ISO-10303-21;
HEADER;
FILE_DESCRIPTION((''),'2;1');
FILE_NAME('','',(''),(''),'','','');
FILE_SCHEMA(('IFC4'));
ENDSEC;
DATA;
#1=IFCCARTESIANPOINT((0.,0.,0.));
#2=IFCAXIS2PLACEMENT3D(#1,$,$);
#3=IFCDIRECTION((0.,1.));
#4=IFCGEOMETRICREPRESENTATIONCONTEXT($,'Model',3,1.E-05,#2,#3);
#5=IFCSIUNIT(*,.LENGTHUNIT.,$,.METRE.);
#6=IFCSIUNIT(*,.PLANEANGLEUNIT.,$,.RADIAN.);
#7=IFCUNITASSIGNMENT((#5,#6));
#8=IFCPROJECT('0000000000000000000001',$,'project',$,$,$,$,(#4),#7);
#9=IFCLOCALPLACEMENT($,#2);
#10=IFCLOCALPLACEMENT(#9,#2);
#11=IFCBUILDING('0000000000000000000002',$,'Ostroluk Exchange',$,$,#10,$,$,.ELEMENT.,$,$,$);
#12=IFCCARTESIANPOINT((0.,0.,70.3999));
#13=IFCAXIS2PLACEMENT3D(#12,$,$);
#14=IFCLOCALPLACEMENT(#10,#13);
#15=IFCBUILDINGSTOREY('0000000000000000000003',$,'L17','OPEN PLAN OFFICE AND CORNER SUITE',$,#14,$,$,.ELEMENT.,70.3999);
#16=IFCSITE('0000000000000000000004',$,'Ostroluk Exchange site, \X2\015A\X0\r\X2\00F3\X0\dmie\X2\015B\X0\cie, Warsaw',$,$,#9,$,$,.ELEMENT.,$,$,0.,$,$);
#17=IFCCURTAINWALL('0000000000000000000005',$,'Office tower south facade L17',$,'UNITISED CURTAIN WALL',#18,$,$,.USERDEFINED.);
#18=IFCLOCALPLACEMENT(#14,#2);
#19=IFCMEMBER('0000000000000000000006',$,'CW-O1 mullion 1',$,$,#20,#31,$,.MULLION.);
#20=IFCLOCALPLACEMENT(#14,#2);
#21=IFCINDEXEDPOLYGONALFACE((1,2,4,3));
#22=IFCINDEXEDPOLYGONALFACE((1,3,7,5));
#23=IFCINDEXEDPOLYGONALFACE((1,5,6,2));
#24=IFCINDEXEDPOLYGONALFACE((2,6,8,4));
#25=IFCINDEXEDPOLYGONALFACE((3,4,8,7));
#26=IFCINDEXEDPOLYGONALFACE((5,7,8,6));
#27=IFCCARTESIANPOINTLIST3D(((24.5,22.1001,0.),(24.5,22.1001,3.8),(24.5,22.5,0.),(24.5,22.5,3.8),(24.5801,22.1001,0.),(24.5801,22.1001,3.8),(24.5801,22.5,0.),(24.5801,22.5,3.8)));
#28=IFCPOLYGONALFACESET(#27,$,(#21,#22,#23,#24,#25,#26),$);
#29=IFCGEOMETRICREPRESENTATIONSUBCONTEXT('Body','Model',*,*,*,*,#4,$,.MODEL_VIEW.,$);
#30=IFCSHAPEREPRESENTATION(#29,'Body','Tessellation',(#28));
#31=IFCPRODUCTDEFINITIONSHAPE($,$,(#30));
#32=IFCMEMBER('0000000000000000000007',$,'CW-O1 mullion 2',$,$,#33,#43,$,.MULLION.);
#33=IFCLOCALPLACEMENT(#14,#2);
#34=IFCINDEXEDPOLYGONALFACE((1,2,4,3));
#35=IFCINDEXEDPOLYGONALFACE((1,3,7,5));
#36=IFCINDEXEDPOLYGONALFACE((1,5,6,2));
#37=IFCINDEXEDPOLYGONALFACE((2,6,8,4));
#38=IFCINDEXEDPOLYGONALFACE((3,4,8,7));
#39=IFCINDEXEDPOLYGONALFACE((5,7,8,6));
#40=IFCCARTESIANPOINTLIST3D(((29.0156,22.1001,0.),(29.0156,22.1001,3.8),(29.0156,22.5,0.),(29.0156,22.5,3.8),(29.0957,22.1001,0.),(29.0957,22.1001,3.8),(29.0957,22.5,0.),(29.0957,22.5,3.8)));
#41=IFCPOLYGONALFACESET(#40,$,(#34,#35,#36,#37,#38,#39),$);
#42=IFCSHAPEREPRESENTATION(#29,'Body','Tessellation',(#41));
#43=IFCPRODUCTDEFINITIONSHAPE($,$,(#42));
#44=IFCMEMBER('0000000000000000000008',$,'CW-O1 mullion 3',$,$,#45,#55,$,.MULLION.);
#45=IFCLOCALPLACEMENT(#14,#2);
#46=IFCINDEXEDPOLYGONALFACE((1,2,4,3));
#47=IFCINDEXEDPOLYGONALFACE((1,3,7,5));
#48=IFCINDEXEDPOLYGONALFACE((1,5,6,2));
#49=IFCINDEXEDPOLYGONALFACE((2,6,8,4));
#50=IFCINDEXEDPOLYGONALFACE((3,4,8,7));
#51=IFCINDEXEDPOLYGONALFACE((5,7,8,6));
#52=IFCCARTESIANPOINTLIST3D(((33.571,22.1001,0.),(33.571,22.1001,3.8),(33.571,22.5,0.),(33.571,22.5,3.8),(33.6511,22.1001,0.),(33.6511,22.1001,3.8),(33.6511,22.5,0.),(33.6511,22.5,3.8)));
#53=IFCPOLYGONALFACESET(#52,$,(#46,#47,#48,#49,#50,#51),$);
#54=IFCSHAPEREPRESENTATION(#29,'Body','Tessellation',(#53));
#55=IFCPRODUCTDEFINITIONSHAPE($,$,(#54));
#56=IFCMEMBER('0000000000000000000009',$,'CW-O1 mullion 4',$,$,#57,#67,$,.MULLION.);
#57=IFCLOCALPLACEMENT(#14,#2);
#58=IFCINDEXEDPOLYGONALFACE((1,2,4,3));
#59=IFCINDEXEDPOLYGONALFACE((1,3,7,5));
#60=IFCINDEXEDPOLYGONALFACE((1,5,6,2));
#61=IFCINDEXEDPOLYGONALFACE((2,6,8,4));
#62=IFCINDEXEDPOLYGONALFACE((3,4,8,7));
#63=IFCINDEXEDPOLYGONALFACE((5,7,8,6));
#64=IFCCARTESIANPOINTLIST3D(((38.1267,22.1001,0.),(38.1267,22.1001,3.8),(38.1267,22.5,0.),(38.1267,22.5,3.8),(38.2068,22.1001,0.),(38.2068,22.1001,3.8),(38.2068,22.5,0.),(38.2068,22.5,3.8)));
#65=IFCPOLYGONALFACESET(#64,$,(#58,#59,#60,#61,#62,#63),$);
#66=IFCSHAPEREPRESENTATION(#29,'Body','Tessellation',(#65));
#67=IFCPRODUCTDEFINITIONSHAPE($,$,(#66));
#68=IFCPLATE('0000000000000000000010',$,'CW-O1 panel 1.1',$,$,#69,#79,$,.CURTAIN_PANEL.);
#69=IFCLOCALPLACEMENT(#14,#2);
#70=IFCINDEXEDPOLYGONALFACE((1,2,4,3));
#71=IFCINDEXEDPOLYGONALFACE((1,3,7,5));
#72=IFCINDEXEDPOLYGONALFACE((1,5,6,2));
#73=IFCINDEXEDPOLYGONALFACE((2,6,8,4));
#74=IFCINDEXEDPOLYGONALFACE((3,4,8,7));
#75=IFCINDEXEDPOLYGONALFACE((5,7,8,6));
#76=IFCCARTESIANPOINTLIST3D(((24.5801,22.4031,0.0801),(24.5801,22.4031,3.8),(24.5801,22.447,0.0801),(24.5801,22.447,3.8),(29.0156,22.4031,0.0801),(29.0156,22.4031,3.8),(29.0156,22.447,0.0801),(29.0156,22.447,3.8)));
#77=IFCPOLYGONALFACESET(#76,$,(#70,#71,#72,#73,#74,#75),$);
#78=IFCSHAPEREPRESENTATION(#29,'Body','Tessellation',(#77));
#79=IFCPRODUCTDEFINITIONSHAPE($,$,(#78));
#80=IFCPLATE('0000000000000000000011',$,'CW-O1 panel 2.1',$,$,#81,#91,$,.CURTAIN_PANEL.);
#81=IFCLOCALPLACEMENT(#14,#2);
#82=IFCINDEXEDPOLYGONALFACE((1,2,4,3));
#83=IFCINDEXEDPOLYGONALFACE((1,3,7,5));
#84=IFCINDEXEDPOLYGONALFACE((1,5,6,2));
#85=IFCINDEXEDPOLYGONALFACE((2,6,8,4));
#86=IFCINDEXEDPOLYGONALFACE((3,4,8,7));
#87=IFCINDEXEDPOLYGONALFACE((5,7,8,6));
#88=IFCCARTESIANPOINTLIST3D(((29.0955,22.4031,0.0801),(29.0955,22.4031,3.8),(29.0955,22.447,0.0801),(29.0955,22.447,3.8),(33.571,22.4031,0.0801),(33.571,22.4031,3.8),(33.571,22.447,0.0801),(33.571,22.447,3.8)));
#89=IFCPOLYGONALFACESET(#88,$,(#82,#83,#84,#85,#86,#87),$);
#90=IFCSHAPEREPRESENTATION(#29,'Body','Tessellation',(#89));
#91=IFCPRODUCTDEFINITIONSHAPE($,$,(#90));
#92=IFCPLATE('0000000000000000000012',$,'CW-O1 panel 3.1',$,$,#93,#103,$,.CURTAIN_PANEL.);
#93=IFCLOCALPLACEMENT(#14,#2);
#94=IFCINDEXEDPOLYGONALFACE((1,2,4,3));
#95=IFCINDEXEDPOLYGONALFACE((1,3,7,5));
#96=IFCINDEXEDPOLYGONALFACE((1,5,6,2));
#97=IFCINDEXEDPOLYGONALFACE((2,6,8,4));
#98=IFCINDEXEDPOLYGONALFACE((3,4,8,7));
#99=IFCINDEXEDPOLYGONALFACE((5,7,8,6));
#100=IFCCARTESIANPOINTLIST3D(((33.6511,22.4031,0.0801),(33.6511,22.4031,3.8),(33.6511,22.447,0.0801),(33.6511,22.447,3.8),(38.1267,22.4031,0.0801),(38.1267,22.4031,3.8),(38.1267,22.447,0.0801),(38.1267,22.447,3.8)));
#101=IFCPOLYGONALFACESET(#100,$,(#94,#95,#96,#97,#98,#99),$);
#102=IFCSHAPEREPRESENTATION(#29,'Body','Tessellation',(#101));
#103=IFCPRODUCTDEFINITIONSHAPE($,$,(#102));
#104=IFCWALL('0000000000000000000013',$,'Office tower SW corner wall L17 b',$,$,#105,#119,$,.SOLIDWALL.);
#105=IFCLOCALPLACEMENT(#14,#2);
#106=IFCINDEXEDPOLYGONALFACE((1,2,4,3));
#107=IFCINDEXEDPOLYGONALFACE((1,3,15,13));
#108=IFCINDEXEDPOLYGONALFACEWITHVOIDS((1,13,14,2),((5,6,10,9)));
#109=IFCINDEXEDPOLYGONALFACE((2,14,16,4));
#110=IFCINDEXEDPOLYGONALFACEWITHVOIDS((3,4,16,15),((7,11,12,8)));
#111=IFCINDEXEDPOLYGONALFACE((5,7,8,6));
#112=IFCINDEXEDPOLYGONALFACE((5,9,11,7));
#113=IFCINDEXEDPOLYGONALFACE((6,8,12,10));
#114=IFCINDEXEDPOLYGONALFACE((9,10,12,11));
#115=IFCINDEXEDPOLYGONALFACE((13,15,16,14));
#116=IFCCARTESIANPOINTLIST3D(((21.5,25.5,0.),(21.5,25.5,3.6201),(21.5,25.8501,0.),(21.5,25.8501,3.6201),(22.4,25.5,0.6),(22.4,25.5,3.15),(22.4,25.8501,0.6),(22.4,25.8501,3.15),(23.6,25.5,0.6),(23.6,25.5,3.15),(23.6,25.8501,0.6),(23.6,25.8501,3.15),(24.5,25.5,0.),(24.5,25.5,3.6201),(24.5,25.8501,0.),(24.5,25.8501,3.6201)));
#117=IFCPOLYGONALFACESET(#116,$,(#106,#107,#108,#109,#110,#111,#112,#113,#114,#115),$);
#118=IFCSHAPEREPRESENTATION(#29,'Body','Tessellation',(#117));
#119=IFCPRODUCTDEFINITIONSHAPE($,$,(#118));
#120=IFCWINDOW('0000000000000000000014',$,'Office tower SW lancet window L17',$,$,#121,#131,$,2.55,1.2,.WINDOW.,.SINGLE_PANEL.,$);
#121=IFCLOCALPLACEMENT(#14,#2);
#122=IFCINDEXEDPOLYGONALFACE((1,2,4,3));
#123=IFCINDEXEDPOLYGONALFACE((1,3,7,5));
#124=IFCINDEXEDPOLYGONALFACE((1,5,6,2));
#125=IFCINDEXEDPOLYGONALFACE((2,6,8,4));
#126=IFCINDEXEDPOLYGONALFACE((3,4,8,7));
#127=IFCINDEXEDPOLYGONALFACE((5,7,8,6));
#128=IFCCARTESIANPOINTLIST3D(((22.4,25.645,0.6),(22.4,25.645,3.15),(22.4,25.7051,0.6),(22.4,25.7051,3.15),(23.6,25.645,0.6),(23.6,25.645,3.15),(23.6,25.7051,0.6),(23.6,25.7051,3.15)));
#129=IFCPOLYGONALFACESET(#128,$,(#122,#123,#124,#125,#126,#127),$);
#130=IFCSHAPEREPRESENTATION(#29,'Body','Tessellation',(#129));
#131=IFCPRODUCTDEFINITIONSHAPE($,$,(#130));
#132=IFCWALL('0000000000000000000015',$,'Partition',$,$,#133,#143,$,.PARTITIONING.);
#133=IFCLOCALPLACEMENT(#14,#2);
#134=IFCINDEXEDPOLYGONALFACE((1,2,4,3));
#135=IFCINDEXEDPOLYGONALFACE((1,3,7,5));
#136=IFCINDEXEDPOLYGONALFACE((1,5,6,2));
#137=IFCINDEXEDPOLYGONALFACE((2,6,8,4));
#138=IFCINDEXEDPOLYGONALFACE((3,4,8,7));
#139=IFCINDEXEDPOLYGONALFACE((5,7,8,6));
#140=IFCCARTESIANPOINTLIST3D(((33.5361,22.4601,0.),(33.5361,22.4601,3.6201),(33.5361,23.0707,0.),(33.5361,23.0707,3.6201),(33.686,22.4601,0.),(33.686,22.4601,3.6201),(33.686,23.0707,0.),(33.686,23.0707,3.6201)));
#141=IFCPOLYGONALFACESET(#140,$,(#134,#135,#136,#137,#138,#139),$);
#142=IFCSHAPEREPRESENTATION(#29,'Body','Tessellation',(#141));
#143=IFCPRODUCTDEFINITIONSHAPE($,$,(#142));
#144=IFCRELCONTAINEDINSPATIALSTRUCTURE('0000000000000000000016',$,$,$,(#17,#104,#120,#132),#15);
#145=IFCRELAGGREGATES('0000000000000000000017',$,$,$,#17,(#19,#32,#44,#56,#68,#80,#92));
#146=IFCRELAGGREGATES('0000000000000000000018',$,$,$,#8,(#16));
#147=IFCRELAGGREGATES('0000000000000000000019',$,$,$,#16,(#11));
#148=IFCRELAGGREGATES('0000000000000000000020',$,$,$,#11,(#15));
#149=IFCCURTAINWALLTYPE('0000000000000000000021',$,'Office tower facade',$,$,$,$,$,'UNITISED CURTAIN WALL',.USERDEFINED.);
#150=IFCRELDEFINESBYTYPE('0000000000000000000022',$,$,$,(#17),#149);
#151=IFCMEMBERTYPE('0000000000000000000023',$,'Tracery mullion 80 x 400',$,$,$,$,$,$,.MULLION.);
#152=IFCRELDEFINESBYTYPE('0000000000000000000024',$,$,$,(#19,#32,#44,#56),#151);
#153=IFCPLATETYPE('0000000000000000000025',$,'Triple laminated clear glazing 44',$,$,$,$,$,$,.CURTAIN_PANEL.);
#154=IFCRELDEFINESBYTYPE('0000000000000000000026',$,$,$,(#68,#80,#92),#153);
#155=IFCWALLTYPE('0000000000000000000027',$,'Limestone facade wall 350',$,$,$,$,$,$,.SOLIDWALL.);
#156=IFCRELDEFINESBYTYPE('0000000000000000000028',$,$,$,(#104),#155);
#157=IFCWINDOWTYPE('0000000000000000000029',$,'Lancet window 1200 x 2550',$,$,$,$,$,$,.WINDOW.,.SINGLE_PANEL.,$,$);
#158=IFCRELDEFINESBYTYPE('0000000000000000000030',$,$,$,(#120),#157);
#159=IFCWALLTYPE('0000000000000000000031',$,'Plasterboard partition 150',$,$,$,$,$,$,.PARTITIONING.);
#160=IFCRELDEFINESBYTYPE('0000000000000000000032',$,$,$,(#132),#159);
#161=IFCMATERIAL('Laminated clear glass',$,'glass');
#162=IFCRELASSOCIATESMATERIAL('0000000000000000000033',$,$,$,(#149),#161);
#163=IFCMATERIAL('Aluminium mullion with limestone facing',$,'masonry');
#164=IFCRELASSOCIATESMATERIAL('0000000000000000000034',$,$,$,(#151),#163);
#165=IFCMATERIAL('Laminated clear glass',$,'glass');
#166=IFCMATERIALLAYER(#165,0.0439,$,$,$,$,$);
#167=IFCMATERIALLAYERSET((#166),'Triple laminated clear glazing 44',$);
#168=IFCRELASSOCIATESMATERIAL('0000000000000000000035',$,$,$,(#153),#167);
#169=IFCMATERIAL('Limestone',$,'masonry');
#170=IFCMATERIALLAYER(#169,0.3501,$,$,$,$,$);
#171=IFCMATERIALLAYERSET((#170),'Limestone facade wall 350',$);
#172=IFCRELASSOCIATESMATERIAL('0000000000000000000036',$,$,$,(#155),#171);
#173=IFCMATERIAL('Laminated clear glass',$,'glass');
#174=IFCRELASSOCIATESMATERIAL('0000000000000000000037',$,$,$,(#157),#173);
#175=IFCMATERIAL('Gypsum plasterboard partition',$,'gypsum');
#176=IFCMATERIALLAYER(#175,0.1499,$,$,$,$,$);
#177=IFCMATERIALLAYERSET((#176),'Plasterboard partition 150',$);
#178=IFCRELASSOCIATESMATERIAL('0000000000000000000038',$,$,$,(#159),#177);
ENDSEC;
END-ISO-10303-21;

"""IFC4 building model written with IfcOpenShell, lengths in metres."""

from ifc_helpers import new_model, si_unit, direction, frame, frame_2d, origin, origin_2d, place, context, subcontext, project, spatial, rectangle, extrude, material, layer, layer_set, material_profile, profile_set, type_object, element, fill, aggregate, save


model = new_model("IFC4")

# Units and contexts
model_context = context("Model", 3, precision=1e-05, world=origin(), true_north=direction((0.0, 1.0)))
body_context = subcontext(model_context, "Body", "Model", "MODEL_VIEW")
ifc_project = project(units=[si_unit("LENGTHUNIT", "METRE"), si_unit("PLANEANGLEUNIT", "RADIAN")], contexts=[model_context])

# Site, building, storey
site_placement = place(None, origin())
site = spatial("IfcSite", under=ifc_project, at=site_placement, Name="Ostroluk Exchange site, Śródmieście, Warsaw", CompositionType="ELEMENT", RefElevation=0.0)
building_placement = place(site_placement, origin())
building = spatial("IfcBuilding", under=site, at=building_placement, Name="Ostroluk Exchange", CompositionType="ELEMENT")
storey_placement = place(building_placement, frame((0.0, 0.0, 70.3999)))
storey = spatial("IfcBuildingStorey", under=building, at=storey_placement, Name="L17", Description="OPEN PLAN OFFICE AND CORNER SUITE", CompositionType="ELEMENT", Elevation=70.3999)

# Curtain wall, members, plates
ifc_material_1 = material(Name="Laminated clear glass", Category="glass")
curtain_wall_type = type_object("IfcCurtainWallType", Name="Office tower facade", ElementType="UNITISED CURTAIN WALL", PredefinedType="USERDEFINED", material=ifc_material_1)
curtain_wall_placement = place(storey_placement, origin())
curtain_wall = element("IfcCurtainWall", 1, at=curtain_wall_placement, inside=storey, type_object=curtain_wall_type, Name="Office tower south facade L17", ObjectType="UNITISED CURTAIN WALL", PredefinedType="USERDEFINED")
ifc_material_2 = material(Name="Aluminium mullion with limestone facing", Category="masonry")
ifc_material_profile_1 = material_profile(ifc_material_2, rectangle(XDim=0.3999, YDim=0.0801, at=origin_2d()), Name="Tracery mullion 80 x 400")
ifc_profile_set_1 = profile_set([ifc_material_profile_1], Name="Aluminium mullion with limestone facing")
member_type_1 = type_object("IfcMemberType", Name="Tracery mullion 80 x 400", PredefinedType="MULLION", material=ifc_profile_set_1)
member_1_placement = place(storey_placement, frame((24.54, 22.3, 0.0), z_axis=(0.0, 0.0, 1.0), x_axis=(0.0, 1.0, 0.0)))
member_1 = element("IfcMember", 2, at=member_1_placement, type_object=member_type_1, Name="CW-O1 mullion 1", PredefinedType="MULLION", context=body_context, shape_type="SweptSolid", body=[
    extrude(rectangle(XDim=0.3999, YDim=0.0801, at=origin_2d()), origin(), (0.0, 0.0, 1.0), 3.8),
])
member_2_placement = place(storey_placement, frame((29.0557, 22.3, 0.0), z_axis=(0.0, 0.0, 1.0), x_axis=(0.0, 1.0, 0.0)))
member_2 = element("IfcMember", 3, at=member_2_placement, type_object=member_type_1, Name="CW-O1 mullion 2", PredefinedType="MULLION", context=body_context, shape_type="SweptSolid", body=[
    extrude(rectangle(XDim=0.3999, YDim=0.0801, at=origin_2d()), origin(), (0.0, 0.0, 1.0), 3.8),
])
member_3_placement = place(storey_placement, frame((33.6111, 22.3, 0.0), z_axis=(0.0, 0.0, 1.0), x_axis=(0.0, 1.0, 0.0)))
member_3 = element("IfcMember", 4, at=member_3_placement, type_object=member_type_1, Name="CW-O1 mullion 3", PredefinedType="MULLION", context=body_context, shape_type="SweptSolid", body=[
    extrude(rectangle(XDim=0.3999, YDim=0.0801, at=origin_2d()), origin(), (0.0, 0.0, 1.0), 3.8),
])
member_4_placement = place(storey_placement, frame((38.1667, 22.3, 0.0), z_axis=(0.0, 0.0, 1.0), x_axis=(0.0, 1.0, 0.0)))
member_4 = element("IfcMember", 5, at=member_4_placement, type_object=member_type_1, Name="CW-O1 mullion 4", PredefinedType="MULLION", context=body_context, shape_type="SweptSolid", body=[
    extrude(rectangle(XDim=0.3999, YDim=0.0801, at=origin_2d()), origin(), (0.0, 0.0, 1.0), 3.8),
])
ifc_material_3 = material(Name="Laminated clear glass", Category="glass")
ifc_layer_1 = layer(ifc_material_3, 0.0439)
ifc_layer_set_1 = layer_set([ifc_layer_1], Name="Triple laminated clear glazing 44")
plate_type = type_object("IfcPlateType", Name="Triple laminated clear glazing 44", PredefinedType="CURTAIN_PANEL", material=ifc_layer_set_1)
plate_1_placement = place(storey_placement, frame((26.7979, 22.425, 0.0801), z_axis=(0.0, 0.0, 1.0), x_axis=(1.0, 0.0, 0.0)))
plate_1 = element("IfcPlate", 6, at=plate_1_placement, type_object=plate_type, Name="CW-O1 panel 1.1", PredefinedType="CURTAIN_PANEL", context=body_context, shape_type="SweptSolid", body=[
    extrude(rectangle(XDim=4.4355, YDim=0.0439, at=origin_2d()), origin(), (0.0, 0.0, 1.0), 3.72),
])
plate_2_placement = place(storey_placement, frame((31.3333, 22.425, 0.0801), z_axis=(0.0, 0.0, 1.0), x_axis=(1.0, 0.0, 0.0)))
plate_2 = element("IfcPlate", 7, at=plate_2_placement, type_object=plate_type, Name="CW-O1 panel 2.1", PredefinedType="CURTAIN_PANEL", context=body_context, shape_type="SweptSolid", body=[
    extrude(rectangle(XDim=4.4756, YDim=0.0439, at=origin_2d()), origin(), (0.0, 0.0, 1.0), 3.72),
])
plate_3_placement = place(storey_placement, frame((35.8889, 22.425, 0.0801), z_axis=(0.0, 0.0, 1.0), x_axis=(1.0, 0.0, 0.0)))
plate_3 = element("IfcPlate", 8, at=plate_3_placement, type_object=plate_type, Name="CW-O1 panel 3.1", PredefinedType="CURTAIN_PANEL", context=body_context, shape_type="SweptSolid", body=[
    extrude(rectangle(XDim=4.4756, YDim=0.0439, at=origin_2d()), origin(), (0.0, 0.0, 1.0), 3.72),
])
aggregate(curtain_wall, [member_1, member_2, member_3, member_4, plate_1, plate_2, plate_3])

# Shared definitions
ifc_material_4 = material(Name="Limestone", Category="masonry")
ifc_layer_2 = layer(ifc_material_4, 0.3501)
ifc_layer_set_2 = layer_set([ifc_layer_2], Name="Limestone facade wall 350")
wall_type_1 = type_object("IfcWallType", Name="Limestone facade wall 350", PredefinedType="SOLIDWALL", material=ifc_layer_set_2)

# Wall, opening, window
wall_1_placement = place(storey_placement, frame((24.5, 25.675, 0.0), z_axis=(0.0, 0.0, 1.0), x_axis=(-1.0, 0.0, 0.0)))
wall_1 = element("IfcWall", 9, at=wall_1_placement, inside=storey, type_object=wall_type_1, Name="Office tower SW corner wall L17 b", PredefinedType="SOLIDWALL", context=body_context, shape_type="SweptSolid", body=[
    extrude(rectangle(XDim=3.0, YDim=0.3501, at=frame_2d((1.5, 0.0))), origin(), (0.0, 0.0, 1.0), 3.6201),
])
opening_1_placement = place(wall_1_placement, frame((0.8999, 0.0, 0.6001)))
opening_1 = element("IfcOpeningElement", 10, at=opening_1_placement, cuts=wall_1, PredefinedType="OPENING", context=body_context, shape_type="SweptSolid", body=[
    extrude(rectangle(XDim=1.2, YDim=2.55, at=frame_2d((0.6001, 1.2749))), frame((0.0, 0.1851, 0.0), z_axis=(0.0, -1.0, 0.0), x_axis=(1.0, 0.0, 0.0)), (0.0, 0.0, 1.0), 0.3701),
])
ifc_material_5 = material(Name="Laminated clear glass", Category="glass")
window_type = type_object("IfcWindowType", Name="Lancet window 1200 x 2550", PartitioningType="SINGLE_PANEL", PredefinedType="WINDOW", material=ifc_material_5)
window_placement = place(opening_1_placement, origin())
window = element("IfcWindow", 11, at=window_placement, inside=storey, type_object=window_type, Name="Office tower SW lancet window L17", OverallHeight=2.55, OverallWidth=1.2, PartitioningType="SINGLE_PANEL", PredefinedType="WINDOW", context=body_context, shape_type="SweptSolid", body=[
    extrude(rectangle(XDim=1.2, YDim=2.55, at=frame_2d((0.6001, 1.2749))), frame((0.0, 0.03, 0.0), z_axis=(0.0, -1.0, 0.0), x_axis=(1.0, 0.0, 0.0)), (0.0, 0.0, 1.0), 0.0601),
])
fill(opening_1, window)

# Wall
ifc_material_6 = material(Name="Gypsum plasterboard partition", Category="gypsum")
ifc_layer_3 = layer(ifc_material_6, 0.1499)
ifc_layer_set_3 = layer_set([ifc_layer_3], Name="Plasterboard partition 150")
wall_type_2 = type_object("IfcWallType", Name="Plasterboard partition 150", PredefinedType="PARTITIONING", material=ifc_layer_set_3)
wall_2_placement = place(storey_placement, frame((33.6111, 23.0706, 0.0), z_axis=(0.0, 0.0, 1.0), x_axis=(0.0, -1.0, 0.0)))
element("IfcWall", 12, at=wall_2_placement, inside=storey, type_object=wall_type_2, Name="Partition", PredefinedType="PARTITIONING", context=body_context, shape_type="SweptSolid", body=[
    extrude(rectangle(XDim=0.6106, YDim=0.1499, at=frame_2d((0.3052, 0.0))), origin(), (0.0, 0.0, 1.0), 3.6201),
])

save(model, "model.ifc")
